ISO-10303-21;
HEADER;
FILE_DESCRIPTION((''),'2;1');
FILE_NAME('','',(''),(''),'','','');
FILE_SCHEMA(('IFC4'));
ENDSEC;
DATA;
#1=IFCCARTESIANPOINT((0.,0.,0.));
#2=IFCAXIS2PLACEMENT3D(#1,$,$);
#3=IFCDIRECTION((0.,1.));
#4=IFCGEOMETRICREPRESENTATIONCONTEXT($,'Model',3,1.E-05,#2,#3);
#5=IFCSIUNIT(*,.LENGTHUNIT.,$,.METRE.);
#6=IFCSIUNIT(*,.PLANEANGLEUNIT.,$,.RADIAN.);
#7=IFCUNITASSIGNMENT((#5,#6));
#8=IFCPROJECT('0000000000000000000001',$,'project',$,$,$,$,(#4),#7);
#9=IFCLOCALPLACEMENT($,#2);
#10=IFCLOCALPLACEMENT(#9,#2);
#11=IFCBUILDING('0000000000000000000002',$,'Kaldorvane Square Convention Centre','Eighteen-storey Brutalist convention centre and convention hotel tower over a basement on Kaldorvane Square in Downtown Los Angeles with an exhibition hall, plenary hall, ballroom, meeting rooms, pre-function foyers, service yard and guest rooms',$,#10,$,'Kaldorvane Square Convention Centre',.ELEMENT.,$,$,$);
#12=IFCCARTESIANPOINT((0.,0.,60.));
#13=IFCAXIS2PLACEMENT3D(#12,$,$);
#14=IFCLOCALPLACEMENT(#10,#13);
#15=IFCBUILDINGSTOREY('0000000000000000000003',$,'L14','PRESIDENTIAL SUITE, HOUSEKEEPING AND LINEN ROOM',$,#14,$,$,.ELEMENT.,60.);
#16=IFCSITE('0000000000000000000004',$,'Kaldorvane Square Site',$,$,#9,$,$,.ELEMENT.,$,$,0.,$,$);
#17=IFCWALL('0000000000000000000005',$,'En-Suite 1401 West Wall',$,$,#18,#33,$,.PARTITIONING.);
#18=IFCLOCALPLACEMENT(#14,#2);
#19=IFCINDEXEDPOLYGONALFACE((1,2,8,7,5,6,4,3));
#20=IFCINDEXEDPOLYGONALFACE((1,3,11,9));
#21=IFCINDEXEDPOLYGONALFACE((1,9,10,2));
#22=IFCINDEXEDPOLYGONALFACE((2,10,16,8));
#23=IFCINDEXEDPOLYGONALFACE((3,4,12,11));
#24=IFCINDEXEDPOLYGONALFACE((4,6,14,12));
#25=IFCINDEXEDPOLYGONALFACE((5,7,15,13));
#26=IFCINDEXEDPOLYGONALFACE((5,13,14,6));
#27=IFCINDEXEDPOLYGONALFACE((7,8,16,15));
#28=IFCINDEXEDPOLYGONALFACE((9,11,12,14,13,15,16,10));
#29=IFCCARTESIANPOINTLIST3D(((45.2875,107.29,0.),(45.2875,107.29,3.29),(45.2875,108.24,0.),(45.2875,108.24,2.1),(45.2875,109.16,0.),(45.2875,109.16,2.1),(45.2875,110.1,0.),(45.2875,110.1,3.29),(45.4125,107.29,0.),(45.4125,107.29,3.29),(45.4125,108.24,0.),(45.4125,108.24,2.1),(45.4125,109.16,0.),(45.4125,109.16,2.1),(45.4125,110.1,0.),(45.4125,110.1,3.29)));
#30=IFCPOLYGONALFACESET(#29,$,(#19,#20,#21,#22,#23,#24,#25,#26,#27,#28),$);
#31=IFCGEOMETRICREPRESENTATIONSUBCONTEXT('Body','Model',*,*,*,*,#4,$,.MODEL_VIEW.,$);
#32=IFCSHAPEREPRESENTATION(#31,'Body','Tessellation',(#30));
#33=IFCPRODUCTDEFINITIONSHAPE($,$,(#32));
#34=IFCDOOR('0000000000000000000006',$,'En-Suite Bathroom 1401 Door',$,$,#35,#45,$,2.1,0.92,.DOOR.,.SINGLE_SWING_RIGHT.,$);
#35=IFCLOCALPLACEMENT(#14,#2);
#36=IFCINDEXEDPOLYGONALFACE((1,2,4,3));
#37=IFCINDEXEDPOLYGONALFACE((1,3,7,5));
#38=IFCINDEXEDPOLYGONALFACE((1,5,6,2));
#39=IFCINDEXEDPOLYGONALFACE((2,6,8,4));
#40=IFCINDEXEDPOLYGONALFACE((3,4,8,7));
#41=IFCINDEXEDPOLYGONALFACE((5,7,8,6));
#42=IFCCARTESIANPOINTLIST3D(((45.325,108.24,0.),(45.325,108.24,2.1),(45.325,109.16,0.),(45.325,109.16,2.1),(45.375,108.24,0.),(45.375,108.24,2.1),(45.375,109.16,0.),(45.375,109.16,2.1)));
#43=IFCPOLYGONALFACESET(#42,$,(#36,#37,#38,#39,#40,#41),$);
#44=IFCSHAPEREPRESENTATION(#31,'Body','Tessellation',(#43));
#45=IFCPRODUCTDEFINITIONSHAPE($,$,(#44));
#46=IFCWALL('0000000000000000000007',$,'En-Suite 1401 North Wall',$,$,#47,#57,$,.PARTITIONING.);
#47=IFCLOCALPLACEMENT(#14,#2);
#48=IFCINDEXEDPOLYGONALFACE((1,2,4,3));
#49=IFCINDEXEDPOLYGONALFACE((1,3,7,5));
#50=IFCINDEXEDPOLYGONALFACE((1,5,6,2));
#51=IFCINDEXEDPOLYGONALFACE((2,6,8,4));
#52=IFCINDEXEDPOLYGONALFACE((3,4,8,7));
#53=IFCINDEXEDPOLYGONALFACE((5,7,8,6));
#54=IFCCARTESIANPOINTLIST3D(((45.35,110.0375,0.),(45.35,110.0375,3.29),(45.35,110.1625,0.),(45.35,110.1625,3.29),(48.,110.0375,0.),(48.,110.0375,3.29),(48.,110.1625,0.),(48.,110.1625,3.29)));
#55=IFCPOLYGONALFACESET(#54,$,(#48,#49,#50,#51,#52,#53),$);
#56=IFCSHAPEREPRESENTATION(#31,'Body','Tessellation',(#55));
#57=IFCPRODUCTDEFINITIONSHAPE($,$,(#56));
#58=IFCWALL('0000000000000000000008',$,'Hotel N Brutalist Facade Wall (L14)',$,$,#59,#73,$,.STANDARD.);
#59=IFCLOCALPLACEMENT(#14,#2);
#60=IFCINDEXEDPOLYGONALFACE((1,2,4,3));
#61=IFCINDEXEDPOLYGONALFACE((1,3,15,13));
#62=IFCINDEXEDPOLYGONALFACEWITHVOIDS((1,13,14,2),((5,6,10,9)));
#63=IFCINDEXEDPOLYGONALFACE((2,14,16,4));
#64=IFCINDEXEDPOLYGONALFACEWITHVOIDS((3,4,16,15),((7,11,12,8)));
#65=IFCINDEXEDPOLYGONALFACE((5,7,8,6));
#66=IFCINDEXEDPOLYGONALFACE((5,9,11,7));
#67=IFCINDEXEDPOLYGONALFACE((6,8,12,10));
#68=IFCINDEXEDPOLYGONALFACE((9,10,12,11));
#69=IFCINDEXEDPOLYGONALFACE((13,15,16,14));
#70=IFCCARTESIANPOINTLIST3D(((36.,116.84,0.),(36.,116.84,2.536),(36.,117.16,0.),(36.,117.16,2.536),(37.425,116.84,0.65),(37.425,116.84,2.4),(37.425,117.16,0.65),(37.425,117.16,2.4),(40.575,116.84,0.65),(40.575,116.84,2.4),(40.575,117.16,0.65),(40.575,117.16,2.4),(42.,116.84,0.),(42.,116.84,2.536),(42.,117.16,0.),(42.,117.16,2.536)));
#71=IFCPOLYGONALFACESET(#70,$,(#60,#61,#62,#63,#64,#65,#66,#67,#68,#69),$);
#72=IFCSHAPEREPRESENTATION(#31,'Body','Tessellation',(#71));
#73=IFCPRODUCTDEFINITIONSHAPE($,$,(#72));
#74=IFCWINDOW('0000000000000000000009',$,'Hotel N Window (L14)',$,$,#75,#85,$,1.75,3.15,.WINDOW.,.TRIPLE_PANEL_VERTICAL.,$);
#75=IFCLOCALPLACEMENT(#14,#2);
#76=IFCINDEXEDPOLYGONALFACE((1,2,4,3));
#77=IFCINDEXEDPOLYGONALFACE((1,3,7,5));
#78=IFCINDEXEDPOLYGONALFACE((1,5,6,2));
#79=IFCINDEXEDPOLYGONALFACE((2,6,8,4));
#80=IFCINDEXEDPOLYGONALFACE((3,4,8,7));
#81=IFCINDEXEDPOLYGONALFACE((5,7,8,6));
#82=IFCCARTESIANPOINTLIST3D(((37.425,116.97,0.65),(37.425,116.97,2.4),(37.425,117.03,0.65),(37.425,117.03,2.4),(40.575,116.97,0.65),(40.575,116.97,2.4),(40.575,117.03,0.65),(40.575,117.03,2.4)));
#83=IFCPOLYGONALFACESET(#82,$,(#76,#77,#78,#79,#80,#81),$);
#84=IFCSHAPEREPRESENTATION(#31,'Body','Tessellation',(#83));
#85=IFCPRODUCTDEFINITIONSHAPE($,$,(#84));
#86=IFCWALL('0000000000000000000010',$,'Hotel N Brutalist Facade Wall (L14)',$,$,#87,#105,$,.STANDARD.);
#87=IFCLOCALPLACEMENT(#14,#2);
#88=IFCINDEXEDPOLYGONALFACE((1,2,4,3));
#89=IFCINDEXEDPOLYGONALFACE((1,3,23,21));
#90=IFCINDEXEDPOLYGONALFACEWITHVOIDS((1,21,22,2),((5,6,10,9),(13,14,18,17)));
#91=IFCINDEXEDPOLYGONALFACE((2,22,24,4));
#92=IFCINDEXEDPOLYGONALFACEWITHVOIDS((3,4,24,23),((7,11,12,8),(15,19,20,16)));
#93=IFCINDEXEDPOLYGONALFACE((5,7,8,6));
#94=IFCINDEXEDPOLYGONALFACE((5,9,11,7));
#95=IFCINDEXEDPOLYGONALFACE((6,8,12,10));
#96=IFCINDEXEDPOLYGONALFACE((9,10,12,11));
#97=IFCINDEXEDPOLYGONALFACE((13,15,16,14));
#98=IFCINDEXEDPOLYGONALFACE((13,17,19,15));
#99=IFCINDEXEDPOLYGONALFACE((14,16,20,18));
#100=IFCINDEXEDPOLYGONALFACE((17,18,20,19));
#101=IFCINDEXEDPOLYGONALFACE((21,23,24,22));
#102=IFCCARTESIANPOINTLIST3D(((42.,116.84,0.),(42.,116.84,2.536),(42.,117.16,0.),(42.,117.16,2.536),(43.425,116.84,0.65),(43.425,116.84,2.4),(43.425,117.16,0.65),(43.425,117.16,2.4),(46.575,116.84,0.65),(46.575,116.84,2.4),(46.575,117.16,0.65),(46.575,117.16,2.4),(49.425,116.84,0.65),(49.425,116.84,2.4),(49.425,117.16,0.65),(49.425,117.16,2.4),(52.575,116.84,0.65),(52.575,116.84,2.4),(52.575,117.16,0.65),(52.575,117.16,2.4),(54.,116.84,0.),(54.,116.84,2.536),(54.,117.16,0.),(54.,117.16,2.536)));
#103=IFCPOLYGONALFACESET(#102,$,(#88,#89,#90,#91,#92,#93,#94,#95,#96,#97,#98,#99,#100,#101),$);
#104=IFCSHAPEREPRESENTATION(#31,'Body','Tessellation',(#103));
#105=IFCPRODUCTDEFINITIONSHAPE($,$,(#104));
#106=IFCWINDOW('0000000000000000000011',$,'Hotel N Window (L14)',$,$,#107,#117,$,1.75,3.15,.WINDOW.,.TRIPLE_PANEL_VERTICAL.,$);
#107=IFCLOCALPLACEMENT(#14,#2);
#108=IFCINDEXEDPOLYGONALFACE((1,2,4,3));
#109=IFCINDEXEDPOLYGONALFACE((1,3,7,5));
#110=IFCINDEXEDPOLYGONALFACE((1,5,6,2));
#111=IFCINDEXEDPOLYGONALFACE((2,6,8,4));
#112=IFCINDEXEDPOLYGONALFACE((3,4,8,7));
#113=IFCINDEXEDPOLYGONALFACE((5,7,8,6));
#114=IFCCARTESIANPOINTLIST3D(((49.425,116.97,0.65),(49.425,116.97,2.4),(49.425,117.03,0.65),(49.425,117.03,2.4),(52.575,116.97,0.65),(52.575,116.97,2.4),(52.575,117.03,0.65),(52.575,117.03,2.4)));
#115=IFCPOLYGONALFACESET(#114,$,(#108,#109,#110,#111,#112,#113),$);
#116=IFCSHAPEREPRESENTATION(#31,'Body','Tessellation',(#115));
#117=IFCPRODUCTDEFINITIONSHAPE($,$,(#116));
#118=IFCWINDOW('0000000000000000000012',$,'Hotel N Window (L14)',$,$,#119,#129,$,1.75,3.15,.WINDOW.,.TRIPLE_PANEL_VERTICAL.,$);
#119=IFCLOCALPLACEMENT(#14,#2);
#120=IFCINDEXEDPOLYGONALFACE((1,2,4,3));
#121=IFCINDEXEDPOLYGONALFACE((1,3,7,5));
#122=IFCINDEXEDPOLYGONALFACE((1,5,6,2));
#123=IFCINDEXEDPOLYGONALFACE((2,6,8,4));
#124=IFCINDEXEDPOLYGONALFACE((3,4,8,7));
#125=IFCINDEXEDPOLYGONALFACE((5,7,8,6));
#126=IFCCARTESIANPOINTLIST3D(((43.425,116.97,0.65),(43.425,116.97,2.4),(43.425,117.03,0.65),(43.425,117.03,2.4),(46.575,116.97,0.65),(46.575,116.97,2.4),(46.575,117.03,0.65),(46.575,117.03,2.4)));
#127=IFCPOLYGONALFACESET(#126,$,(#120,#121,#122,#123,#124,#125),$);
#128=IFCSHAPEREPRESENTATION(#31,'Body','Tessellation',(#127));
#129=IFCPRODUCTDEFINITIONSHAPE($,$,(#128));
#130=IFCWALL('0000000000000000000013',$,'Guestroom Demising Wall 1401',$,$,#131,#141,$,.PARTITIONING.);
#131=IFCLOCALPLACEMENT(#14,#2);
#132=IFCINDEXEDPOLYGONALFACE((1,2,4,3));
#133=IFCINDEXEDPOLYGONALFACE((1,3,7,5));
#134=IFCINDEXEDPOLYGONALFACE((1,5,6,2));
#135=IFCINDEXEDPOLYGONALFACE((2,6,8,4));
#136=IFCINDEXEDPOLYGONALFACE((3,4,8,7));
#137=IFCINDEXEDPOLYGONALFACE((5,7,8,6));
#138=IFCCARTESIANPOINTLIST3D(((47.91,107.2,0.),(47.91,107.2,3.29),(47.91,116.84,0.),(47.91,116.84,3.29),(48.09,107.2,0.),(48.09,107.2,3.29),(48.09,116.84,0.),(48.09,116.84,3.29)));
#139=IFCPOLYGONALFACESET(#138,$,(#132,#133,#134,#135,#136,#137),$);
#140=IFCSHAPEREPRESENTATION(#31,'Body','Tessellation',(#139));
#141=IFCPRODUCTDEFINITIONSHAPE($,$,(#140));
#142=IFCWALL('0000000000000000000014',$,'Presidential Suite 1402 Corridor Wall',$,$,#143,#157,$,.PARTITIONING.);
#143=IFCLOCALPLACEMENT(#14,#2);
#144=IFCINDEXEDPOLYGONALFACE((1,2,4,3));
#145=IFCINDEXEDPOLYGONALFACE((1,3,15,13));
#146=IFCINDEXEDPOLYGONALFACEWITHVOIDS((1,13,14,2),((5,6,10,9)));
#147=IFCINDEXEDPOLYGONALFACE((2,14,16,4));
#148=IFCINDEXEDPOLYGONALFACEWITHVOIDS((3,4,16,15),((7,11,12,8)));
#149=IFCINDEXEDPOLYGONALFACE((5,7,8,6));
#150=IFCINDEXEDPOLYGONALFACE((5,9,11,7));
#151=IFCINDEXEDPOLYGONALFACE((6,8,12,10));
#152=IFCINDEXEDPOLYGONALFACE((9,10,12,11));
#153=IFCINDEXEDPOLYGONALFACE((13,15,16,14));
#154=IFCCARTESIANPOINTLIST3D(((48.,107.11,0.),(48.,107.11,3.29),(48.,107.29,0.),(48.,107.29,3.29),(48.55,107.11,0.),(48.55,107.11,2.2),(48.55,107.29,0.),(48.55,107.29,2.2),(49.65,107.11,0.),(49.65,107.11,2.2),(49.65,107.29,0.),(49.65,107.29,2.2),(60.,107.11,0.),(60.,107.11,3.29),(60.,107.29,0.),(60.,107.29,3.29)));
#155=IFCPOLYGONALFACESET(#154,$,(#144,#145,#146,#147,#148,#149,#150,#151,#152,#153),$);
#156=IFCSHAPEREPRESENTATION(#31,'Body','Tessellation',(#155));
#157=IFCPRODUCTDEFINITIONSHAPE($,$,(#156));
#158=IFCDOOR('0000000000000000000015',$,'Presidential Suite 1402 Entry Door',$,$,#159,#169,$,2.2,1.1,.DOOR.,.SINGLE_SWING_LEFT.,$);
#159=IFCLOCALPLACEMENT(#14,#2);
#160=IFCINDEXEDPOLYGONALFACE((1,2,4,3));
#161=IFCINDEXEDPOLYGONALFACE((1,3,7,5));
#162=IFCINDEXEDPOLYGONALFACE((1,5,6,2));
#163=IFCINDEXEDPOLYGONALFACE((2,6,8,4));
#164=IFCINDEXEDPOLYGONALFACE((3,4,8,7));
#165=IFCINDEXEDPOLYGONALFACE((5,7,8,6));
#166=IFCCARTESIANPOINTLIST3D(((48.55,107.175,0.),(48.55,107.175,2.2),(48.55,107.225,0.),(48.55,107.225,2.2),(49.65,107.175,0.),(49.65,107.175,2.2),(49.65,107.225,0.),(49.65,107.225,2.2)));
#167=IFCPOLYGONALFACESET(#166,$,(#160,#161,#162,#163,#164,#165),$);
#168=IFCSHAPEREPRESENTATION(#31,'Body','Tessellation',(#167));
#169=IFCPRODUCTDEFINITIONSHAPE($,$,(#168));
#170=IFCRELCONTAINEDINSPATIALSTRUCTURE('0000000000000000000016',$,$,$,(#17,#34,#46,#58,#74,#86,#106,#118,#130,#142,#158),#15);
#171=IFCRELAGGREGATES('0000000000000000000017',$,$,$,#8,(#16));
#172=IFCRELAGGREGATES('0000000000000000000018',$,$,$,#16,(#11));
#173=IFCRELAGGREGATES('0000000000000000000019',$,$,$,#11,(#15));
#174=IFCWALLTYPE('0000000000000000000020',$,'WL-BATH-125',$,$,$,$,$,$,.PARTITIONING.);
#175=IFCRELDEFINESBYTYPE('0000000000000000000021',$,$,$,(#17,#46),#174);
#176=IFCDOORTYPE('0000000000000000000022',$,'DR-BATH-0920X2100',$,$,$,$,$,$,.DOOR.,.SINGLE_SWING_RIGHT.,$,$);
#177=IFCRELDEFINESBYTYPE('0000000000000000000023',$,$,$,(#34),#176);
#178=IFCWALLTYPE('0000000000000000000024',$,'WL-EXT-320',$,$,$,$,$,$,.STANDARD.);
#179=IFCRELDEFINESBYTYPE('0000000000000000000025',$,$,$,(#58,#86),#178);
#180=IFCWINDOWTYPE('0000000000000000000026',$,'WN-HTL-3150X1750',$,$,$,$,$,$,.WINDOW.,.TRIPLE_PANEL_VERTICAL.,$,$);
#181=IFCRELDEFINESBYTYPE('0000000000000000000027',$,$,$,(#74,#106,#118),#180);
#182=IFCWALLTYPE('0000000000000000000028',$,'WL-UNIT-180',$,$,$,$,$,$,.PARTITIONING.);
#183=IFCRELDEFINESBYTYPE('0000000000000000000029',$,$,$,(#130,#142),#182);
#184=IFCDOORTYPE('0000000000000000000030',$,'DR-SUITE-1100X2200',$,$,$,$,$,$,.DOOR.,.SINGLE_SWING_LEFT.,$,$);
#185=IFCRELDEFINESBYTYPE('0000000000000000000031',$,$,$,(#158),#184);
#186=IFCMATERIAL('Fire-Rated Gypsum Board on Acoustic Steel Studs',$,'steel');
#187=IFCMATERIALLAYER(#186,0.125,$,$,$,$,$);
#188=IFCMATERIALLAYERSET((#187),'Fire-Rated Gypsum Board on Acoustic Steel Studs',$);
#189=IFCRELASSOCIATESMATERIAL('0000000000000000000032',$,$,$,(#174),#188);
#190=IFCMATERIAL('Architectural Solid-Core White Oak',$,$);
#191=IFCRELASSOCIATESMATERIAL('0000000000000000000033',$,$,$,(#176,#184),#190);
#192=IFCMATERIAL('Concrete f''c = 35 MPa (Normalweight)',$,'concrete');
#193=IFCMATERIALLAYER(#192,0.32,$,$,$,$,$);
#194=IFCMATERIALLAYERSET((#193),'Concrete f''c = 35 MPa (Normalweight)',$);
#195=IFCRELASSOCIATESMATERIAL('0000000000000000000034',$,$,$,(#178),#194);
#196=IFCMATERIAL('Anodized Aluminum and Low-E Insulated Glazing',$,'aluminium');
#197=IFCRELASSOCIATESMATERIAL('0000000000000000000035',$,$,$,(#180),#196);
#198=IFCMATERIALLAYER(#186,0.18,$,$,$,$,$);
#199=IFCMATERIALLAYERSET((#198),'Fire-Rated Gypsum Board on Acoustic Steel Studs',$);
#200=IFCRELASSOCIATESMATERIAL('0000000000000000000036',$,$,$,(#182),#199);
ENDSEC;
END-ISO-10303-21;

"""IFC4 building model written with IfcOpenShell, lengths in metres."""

from ifc_helpers import new_model, si_unit, direction, frame, frame_2d, origin, place, context, subcontext, project, spatial, rectangle, extrude, material, layer, layer_set, type_object, element, fill, save


model = new_model("IFC4")

# Units and contexts
model_context = context("Model", 3, precision=1e-05, world=origin(), true_north=direction((0.0, 1.0)))
body_context = subcontext(model_context, "Body", "Model", "MODEL_VIEW")
ifc_project = project(units=[si_unit("LENGTHUNIT", "METRE"), si_unit("PLANEANGLEUNIT", "RADIAN")], contexts=[model_context])

# Site, building, storey
site_placement = place(None, origin())
site = spatial("IfcSite", under=ifc_project, at=site_placement, Name="Kaldorvane Square Site", CompositionType="ELEMENT", RefElevation=0.0)
building_placement = place(site_placement, origin())
building = spatial("IfcBuilding", under=site, at=building_placement, Name="Kaldorvane Square Convention Centre", Description="Eighteen-storey Brutalist convention centre and convention hotel tower over a basement on Kaldorvane Square in Downtown Los Angeles with an exhibition hall, plenary hall, ballroom, meeting rooms, pre-function foyers, service yard and guest rooms", LongName="Kaldorvane Square Convention Centre", CompositionType="ELEMENT")
storey_placement = place(building_placement, frame((0.0, 0.0, 60.0)))
storey = spatial("IfcBuildingStorey", under=building, at=storey_placement, Name="L14", Description="PRESIDENTIAL SUITE, HOUSEKEEPING AND LINEN ROOM", CompositionType="ELEMENT", Elevation=60.0)

# Wall, opening, door
ifc_material_1 = material(Name="Fire-Rated Gypsum Board on Acoustic Steel Studs", Category="steel")
ifc_layer_1 = layer(ifc_material_1, 0.125)
ifc_layer_set_1 = layer_set([ifc_layer_1], Name="Fire-Rated Gypsum Board on Acoustic Steel Studs")
wall_type_1 = type_object("IfcWallType", Name="WL-BATH-125", PredefinedType="PARTITIONING", material=ifc_layer_set_1)
wall_1_placement = place(storey_placement, frame((45.35, 107.29, 0.0), z_axis=(0.0, 0.0, 1.0), x_axis=(0.0, 1.0, 0.0)))
wall_1 = element("IfcWall", 1, at=wall_1_placement, inside=storey, type_object=wall_type_1, Name="En-Suite 1401 West Wall", PredefinedType="PARTITIONING", context=body_context, shape_type="SweptSolid", body=[
    extrude(rectangle(XDim=2.81, YDim=0.125, at=frame_2d((1.405, 0.0))), origin(), (0.0, 0.0, 1.0), 3.29),
])
opening_1_placement = place(wall_1_placement, frame((0.95, 0.0, 0.0)))
opening_1 = element("IfcOpeningElement", 2, at=opening_1_placement, cuts=wall_1, PredefinedType="OPENING", context=body_context, shape_type="SweptSolid", body=[
    extrude(rectangle(XDim=0.92, YDim=2.1, at=frame_2d((0.46, 1.05))), frame((0.0, 0.0775, 0.0), z_axis=(0.0, -1.0, 0.0), x_axis=(1.0, 0.0, 0.0)), (0.0, 0.0, 1.0), 0.155),
])
ifc_material_2 = material(Name="Architectural Solid-Core White Oak")
door_type_1 = type_object("IfcDoorType", Name="DR-BATH-0920X2100", OperationType="SINGLE_SWING_RIGHT", PredefinedType="DOOR", material=ifc_material_2)
door_1_placement = place(opening_1_placement, origin())
door_1 = element("IfcDoor", 3, at=door_1_placement, inside=storey, type_object=door_type_1, Name="En-Suite Bathroom 1401 Door", OperationType="SINGLE_SWING_RIGHT", OverallHeight=2.1, OverallWidth=0.92, PredefinedType="DOOR", context=body_context, shape_type="SweptSolid", body=[
    extrude(rectangle(XDim=0.92, YDim=2.1, at=frame_2d((0.46, 1.05))), frame((0.0, 0.025, 0.0), z_axis=(0.0, -1.0, 0.0), x_axis=(1.0, 0.0, 0.0)), (0.0, 0.0, 1.0), 0.05),
])
fill(opening_1, door_1)

# Wall
wall_2_placement = place(storey_placement, frame((45.35, 110.1, 0.0), z_axis=(0.0, 0.0, 1.0), x_axis=(1.0, 0.0, 0.0)))
element("IfcWall", 4, at=wall_2_placement, inside=storey, type_object=wall_type_1, Name="En-Suite 1401 North Wall", PredefinedType="PARTITIONING", context=body_context, shape_type="SweptSolid", body=[
    extrude(rectangle(XDim=2.65, YDim=0.125, at=frame_2d((1.325, 0.0))), origin(), (0.0, 0.0, 1.0), 3.29),
])

# Wall, opening, window
ifc_material_3 = material(Name="Concrete f'c = 35 MPa (Normalweight)", Category="concrete")
ifc_layer_2 = layer(ifc_material_3, 0.32)
ifc_layer_set_2 = layer_set([ifc_layer_2], Name="Concrete f'c = 35 MPa (Normalweight)")
wall_type_2 = type_object("IfcWallType", Name="WL-EXT-320", PredefinedType="STANDARD", material=ifc_layer_set_2)
wall_3_placement = place(storey_placement, frame((42.0, 117.0, 0.0), z_axis=(0.0, 0.0, 1.0), x_axis=(-1.0, 0.0, 0.0)))
wall_3 = element("IfcWall", 5, at=wall_3_placement, inside=storey, type_object=wall_type_2, Name="Hotel N Brutalist Facade Wall (L14)", PredefinedType="STANDARD", context=body_context, shape_type="SweptSolid", body=[
    extrude(rectangle(XDim=6.0, YDim=0.32, at=frame_2d((3.0, 0.0))), origin(), (0.0, 0.0, 1.0), 2.536),
])
opening_2_placement = place(wall_3_placement, frame((1.425, 0.0, 0.65)))
opening_2 = element("IfcOpeningElement", 6, at=opening_2_placement, cuts=wall_3, PredefinedType="OPENING", context=body_context, shape_type="SweptSolid", body=[
    extrude(rectangle(XDim=3.15, YDim=1.75, at=frame_2d((1.575, 0.875))), frame((0.0, 0.175, 0.0), z_axis=(0.0, -1.0, 0.0), x_axis=(1.0, 0.0, 0.0)), (0.0, 0.0, 1.0), 0.35),
])
ifc_material_4 = material(Name="Anodized Aluminum and Low-E Insulated Glazing", Category="aluminium")
window_type = type_object("IfcWindowType", Name="WN-HTL-3150X1750", PartitioningType="TRIPLE_PANEL_VERTICAL", PredefinedType="WINDOW", material=ifc_material_4)
window_1_placement = place(opening_2_placement, origin())
window_1 = element("IfcWindow", 7, at=window_1_placement, inside=storey, type_object=window_type, Name="Hotel N Window (L14)", OverallHeight=1.75, OverallWidth=3.15, PartitioningType="TRIPLE_PANEL_VERTICAL", PredefinedType="WINDOW", context=body_context, shape_type="SweptSolid", body=[
    extrude(rectangle(XDim=3.15, YDim=1.75, at=frame_2d((1.575, 0.875))), frame((0.0, 0.03, 0.0), z_axis=(0.0, -1.0, 0.0), x_axis=(1.0, 0.0, 0.0)), (0.0, 0.0, 1.0), 0.06),
])
fill(opening_2, window_1)

# Wall, openings, windows
wall_4_placement = place(storey_placement, frame((54.0, 117.0, 0.0), z_axis=(0.0, 0.0, 1.0), x_axis=(-1.0, 0.0, 0.0)))
wall_4 = element("IfcWall", 8, at=wall_4_placement, inside=storey, type_object=wall_type_2, Name="Hotel N Brutalist Facade Wall (L14)", PredefinedType="STANDARD", context=body_context, shape_type="SweptSolid", body=[
    extrude(rectangle(XDim=12.0, YDim=0.32, at=frame_2d((6.0, 0.0))), origin(), (0.0, 0.0, 1.0), 2.536),
])
opening_3_placement = place(wall_4_placement, frame((1.425, 0.0, 0.65)))
opening_3 = element("IfcOpeningElement", 9, at=opening_3_placement, cuts=wall_4, PredefinedType="OPENING", context=body_context, shape_type="SweptSolid", body=[
    extrude(rectangle(XDim=3.15, YDim=1.75, at=frame_2d((1.575, 0.875))), frame((0.0, 0.175, 0.0), z_axis=(0.0, -1.0, 0.0), x_axis=(1.0, 0.0, 0.0)), (0.0, 0.0, 1.0), 0.35),
])
opening_4_placement = place(wall_4_placement, frame((7.425, 0.0, 0.65)))
opening_4 = element("IfcOpeningElement", 10, at=opening_4_placement, cuts=wall_4, PredefinedType="OPENING", context=body_context, shape_type="SweptSolid", body=[
    extrude(rectangle(XDim=3.15, YDim=1.75, at=frame_2d((1.575, 0.875))), frame((0.0, 0.175, 0.0), z_axis=(0.0, -1.0, 0.0), x_axis=(1.0, 0.0, 0.0)), (0.0, 0.0, 1.0), 0.35),
])
window_2_placement = place(opening_3_placement, origin())
window_2 = element("IfcWindow", 11, at=window_2_placement, inside=storey, type_object=window_type, Name="Hotel N Window (L14)", OverallHeight=1.75, OverallWidth=3.15, PartitioningType="TRIPLE_PANEL_VERTICAL", PredefinedType="WINDOW", context=body_context, shape_type="SweptSolid", body=[
    extrude(rectangle(XDim=3.15, YDim=1.75, at=frame_2d((1.575, 0.875))), frame((0.0, 0.03, 0.0), z_axis=(0.0, -1.0, 0.0), x_axis=(1.0, 0.0, 0.0)), (0.0, 0.0, 1.0), 0.06),
])
fill(opening_3, window_2)
window_3_placement = place(opening_4_placement, origin())
window_3 = element("IfcWindow", 12, at=window_3_placement, inside=storey, type_object=window_type, Name="Hotel N Window (L14)", OverallHeight=1.75, OverallWidth=3.15, PartitioningType="TRIPLE_PANEL_VERTICAL", PredefinedType="WINDOW", context=body_context, shape_type="SweptSolid", body=[
    extrude(rectangle(XDim=3.15, YDim=1.75, at=frame_2d((1.575, 0.875))), frame((0.0, 0.03, 0.0), z_axis=(0.0, -1.0, 0.0), x_axis=(1.0, 0.0, 0.0)), (0.0, 0.0, 1.0), 0.06),
])
fill(opening_4, window_3)

# Wall
ifc_layer_3 = layer(ifc_material_1, 0.18)
ifc_layer_set_3 = layer_set([ifc_layer_3], Name="Fire-Rated Gypsum Board on Acoustic Steel Studs")
wall_type_3 = type_object("IfcWallType", Name="WL-UNIT-180", PredefinedType="PARTITIONING", material=ifc_layer_set_3)
wall_5_placement = place(storey_placement, frame((48.0, 107.2, 0.0), z_axis=(0.0, 0.0, 1.0), x_axis=(0.0, 1.0, 0.0)))
element("IfcWall", 13, at=wall_5_placement, inside=storey, type_object=wall_type_3, Name="Guestroom Demising Wall 1401", PredefinedType="PARTITIONING", context=body_context, shape_type="SweptSolid", body=[
    extrude(rectangle(XDim=9.64, YDim=0.18, at=frame_2d((4.82, 0.0))), origin(), (0.0, 0.0, 1.0), 3.29),
])

# Wall, opening, door
wall_6_placement = place(storey_placement, frame((48.0, 107.2, 0.0), z_axis=(0.0, 0.0, 1.0), x_axis=(1.0, 0.0, 0.0)))
wall_6 = element("IfcWall", 14, at=wall_6_placement, inside=storey, type_object=wall_type_3, Name="Presidential Suite 1402 Corridor Wall", PredefinedType="PARTITIONING", context=body_context, shape_type="SweptSolid", body=[
    extrude(rectangle(XDim=12.0, YDim=0.18, at=frame_2d((6.0, 0.0))), origin(), (0.0, 0.0, 1.0), 3.29),
])
opening_5_placement = place(wall_6_placement, frame((0.55, 0.0, 0.0)))
opening_5 = element("IfcOpeningElement", 15, at=opening_5_placement, cuts=wall_6, PredefinedType="OPENING", context=body_context, shape_type="SweptSolid", body=[
    extrude(rectangle(XDim=1.1, YDim=2.2, at=frame_2d((0.55, 1.1))), frame((0.0, 0.105, 0.0), z_axis=(0.0, -1.0, 0.0), x_axis=(1.0, 0.0, 0.0)), (0.0, 0.0, 1.0), 0.21),
])
door_type_2 = type_object("IfcDoorType", Name="DR-SUITE-1100X2200", OperationType="SINGLE_SWING_LEFT", PredefinedType="DOOR", material=ifc_material_2)
door_2_placement = place(opening_5_placement, origin())
door_2 = element("IfcDoor", 16, at=door_2_placement, inside=storey, type_object=door_type_2, Name="Presidential Suite 1402 Entry Door", OperationType="SINGLE_SWING_LEFT", OverallHeight=2.2, OverallWidth=1.1, PredefinedType="DOOR", context=body_context, shape_type="SweptSolid", body=[
    extrude(rectangle(XDim=1.1, YDim=2.2, at=frame_2d((0.55, 1.1))), frame((0.0, 0.025, 0.0), z_axis=(0.0, -1.0, 0.0), x_axis=(1.0, 0.0, 0.0)), (0.0, 0.0, 1.0), 0.05),
])
fill(opening_5, door_2)

save(model, "model.ifc")
